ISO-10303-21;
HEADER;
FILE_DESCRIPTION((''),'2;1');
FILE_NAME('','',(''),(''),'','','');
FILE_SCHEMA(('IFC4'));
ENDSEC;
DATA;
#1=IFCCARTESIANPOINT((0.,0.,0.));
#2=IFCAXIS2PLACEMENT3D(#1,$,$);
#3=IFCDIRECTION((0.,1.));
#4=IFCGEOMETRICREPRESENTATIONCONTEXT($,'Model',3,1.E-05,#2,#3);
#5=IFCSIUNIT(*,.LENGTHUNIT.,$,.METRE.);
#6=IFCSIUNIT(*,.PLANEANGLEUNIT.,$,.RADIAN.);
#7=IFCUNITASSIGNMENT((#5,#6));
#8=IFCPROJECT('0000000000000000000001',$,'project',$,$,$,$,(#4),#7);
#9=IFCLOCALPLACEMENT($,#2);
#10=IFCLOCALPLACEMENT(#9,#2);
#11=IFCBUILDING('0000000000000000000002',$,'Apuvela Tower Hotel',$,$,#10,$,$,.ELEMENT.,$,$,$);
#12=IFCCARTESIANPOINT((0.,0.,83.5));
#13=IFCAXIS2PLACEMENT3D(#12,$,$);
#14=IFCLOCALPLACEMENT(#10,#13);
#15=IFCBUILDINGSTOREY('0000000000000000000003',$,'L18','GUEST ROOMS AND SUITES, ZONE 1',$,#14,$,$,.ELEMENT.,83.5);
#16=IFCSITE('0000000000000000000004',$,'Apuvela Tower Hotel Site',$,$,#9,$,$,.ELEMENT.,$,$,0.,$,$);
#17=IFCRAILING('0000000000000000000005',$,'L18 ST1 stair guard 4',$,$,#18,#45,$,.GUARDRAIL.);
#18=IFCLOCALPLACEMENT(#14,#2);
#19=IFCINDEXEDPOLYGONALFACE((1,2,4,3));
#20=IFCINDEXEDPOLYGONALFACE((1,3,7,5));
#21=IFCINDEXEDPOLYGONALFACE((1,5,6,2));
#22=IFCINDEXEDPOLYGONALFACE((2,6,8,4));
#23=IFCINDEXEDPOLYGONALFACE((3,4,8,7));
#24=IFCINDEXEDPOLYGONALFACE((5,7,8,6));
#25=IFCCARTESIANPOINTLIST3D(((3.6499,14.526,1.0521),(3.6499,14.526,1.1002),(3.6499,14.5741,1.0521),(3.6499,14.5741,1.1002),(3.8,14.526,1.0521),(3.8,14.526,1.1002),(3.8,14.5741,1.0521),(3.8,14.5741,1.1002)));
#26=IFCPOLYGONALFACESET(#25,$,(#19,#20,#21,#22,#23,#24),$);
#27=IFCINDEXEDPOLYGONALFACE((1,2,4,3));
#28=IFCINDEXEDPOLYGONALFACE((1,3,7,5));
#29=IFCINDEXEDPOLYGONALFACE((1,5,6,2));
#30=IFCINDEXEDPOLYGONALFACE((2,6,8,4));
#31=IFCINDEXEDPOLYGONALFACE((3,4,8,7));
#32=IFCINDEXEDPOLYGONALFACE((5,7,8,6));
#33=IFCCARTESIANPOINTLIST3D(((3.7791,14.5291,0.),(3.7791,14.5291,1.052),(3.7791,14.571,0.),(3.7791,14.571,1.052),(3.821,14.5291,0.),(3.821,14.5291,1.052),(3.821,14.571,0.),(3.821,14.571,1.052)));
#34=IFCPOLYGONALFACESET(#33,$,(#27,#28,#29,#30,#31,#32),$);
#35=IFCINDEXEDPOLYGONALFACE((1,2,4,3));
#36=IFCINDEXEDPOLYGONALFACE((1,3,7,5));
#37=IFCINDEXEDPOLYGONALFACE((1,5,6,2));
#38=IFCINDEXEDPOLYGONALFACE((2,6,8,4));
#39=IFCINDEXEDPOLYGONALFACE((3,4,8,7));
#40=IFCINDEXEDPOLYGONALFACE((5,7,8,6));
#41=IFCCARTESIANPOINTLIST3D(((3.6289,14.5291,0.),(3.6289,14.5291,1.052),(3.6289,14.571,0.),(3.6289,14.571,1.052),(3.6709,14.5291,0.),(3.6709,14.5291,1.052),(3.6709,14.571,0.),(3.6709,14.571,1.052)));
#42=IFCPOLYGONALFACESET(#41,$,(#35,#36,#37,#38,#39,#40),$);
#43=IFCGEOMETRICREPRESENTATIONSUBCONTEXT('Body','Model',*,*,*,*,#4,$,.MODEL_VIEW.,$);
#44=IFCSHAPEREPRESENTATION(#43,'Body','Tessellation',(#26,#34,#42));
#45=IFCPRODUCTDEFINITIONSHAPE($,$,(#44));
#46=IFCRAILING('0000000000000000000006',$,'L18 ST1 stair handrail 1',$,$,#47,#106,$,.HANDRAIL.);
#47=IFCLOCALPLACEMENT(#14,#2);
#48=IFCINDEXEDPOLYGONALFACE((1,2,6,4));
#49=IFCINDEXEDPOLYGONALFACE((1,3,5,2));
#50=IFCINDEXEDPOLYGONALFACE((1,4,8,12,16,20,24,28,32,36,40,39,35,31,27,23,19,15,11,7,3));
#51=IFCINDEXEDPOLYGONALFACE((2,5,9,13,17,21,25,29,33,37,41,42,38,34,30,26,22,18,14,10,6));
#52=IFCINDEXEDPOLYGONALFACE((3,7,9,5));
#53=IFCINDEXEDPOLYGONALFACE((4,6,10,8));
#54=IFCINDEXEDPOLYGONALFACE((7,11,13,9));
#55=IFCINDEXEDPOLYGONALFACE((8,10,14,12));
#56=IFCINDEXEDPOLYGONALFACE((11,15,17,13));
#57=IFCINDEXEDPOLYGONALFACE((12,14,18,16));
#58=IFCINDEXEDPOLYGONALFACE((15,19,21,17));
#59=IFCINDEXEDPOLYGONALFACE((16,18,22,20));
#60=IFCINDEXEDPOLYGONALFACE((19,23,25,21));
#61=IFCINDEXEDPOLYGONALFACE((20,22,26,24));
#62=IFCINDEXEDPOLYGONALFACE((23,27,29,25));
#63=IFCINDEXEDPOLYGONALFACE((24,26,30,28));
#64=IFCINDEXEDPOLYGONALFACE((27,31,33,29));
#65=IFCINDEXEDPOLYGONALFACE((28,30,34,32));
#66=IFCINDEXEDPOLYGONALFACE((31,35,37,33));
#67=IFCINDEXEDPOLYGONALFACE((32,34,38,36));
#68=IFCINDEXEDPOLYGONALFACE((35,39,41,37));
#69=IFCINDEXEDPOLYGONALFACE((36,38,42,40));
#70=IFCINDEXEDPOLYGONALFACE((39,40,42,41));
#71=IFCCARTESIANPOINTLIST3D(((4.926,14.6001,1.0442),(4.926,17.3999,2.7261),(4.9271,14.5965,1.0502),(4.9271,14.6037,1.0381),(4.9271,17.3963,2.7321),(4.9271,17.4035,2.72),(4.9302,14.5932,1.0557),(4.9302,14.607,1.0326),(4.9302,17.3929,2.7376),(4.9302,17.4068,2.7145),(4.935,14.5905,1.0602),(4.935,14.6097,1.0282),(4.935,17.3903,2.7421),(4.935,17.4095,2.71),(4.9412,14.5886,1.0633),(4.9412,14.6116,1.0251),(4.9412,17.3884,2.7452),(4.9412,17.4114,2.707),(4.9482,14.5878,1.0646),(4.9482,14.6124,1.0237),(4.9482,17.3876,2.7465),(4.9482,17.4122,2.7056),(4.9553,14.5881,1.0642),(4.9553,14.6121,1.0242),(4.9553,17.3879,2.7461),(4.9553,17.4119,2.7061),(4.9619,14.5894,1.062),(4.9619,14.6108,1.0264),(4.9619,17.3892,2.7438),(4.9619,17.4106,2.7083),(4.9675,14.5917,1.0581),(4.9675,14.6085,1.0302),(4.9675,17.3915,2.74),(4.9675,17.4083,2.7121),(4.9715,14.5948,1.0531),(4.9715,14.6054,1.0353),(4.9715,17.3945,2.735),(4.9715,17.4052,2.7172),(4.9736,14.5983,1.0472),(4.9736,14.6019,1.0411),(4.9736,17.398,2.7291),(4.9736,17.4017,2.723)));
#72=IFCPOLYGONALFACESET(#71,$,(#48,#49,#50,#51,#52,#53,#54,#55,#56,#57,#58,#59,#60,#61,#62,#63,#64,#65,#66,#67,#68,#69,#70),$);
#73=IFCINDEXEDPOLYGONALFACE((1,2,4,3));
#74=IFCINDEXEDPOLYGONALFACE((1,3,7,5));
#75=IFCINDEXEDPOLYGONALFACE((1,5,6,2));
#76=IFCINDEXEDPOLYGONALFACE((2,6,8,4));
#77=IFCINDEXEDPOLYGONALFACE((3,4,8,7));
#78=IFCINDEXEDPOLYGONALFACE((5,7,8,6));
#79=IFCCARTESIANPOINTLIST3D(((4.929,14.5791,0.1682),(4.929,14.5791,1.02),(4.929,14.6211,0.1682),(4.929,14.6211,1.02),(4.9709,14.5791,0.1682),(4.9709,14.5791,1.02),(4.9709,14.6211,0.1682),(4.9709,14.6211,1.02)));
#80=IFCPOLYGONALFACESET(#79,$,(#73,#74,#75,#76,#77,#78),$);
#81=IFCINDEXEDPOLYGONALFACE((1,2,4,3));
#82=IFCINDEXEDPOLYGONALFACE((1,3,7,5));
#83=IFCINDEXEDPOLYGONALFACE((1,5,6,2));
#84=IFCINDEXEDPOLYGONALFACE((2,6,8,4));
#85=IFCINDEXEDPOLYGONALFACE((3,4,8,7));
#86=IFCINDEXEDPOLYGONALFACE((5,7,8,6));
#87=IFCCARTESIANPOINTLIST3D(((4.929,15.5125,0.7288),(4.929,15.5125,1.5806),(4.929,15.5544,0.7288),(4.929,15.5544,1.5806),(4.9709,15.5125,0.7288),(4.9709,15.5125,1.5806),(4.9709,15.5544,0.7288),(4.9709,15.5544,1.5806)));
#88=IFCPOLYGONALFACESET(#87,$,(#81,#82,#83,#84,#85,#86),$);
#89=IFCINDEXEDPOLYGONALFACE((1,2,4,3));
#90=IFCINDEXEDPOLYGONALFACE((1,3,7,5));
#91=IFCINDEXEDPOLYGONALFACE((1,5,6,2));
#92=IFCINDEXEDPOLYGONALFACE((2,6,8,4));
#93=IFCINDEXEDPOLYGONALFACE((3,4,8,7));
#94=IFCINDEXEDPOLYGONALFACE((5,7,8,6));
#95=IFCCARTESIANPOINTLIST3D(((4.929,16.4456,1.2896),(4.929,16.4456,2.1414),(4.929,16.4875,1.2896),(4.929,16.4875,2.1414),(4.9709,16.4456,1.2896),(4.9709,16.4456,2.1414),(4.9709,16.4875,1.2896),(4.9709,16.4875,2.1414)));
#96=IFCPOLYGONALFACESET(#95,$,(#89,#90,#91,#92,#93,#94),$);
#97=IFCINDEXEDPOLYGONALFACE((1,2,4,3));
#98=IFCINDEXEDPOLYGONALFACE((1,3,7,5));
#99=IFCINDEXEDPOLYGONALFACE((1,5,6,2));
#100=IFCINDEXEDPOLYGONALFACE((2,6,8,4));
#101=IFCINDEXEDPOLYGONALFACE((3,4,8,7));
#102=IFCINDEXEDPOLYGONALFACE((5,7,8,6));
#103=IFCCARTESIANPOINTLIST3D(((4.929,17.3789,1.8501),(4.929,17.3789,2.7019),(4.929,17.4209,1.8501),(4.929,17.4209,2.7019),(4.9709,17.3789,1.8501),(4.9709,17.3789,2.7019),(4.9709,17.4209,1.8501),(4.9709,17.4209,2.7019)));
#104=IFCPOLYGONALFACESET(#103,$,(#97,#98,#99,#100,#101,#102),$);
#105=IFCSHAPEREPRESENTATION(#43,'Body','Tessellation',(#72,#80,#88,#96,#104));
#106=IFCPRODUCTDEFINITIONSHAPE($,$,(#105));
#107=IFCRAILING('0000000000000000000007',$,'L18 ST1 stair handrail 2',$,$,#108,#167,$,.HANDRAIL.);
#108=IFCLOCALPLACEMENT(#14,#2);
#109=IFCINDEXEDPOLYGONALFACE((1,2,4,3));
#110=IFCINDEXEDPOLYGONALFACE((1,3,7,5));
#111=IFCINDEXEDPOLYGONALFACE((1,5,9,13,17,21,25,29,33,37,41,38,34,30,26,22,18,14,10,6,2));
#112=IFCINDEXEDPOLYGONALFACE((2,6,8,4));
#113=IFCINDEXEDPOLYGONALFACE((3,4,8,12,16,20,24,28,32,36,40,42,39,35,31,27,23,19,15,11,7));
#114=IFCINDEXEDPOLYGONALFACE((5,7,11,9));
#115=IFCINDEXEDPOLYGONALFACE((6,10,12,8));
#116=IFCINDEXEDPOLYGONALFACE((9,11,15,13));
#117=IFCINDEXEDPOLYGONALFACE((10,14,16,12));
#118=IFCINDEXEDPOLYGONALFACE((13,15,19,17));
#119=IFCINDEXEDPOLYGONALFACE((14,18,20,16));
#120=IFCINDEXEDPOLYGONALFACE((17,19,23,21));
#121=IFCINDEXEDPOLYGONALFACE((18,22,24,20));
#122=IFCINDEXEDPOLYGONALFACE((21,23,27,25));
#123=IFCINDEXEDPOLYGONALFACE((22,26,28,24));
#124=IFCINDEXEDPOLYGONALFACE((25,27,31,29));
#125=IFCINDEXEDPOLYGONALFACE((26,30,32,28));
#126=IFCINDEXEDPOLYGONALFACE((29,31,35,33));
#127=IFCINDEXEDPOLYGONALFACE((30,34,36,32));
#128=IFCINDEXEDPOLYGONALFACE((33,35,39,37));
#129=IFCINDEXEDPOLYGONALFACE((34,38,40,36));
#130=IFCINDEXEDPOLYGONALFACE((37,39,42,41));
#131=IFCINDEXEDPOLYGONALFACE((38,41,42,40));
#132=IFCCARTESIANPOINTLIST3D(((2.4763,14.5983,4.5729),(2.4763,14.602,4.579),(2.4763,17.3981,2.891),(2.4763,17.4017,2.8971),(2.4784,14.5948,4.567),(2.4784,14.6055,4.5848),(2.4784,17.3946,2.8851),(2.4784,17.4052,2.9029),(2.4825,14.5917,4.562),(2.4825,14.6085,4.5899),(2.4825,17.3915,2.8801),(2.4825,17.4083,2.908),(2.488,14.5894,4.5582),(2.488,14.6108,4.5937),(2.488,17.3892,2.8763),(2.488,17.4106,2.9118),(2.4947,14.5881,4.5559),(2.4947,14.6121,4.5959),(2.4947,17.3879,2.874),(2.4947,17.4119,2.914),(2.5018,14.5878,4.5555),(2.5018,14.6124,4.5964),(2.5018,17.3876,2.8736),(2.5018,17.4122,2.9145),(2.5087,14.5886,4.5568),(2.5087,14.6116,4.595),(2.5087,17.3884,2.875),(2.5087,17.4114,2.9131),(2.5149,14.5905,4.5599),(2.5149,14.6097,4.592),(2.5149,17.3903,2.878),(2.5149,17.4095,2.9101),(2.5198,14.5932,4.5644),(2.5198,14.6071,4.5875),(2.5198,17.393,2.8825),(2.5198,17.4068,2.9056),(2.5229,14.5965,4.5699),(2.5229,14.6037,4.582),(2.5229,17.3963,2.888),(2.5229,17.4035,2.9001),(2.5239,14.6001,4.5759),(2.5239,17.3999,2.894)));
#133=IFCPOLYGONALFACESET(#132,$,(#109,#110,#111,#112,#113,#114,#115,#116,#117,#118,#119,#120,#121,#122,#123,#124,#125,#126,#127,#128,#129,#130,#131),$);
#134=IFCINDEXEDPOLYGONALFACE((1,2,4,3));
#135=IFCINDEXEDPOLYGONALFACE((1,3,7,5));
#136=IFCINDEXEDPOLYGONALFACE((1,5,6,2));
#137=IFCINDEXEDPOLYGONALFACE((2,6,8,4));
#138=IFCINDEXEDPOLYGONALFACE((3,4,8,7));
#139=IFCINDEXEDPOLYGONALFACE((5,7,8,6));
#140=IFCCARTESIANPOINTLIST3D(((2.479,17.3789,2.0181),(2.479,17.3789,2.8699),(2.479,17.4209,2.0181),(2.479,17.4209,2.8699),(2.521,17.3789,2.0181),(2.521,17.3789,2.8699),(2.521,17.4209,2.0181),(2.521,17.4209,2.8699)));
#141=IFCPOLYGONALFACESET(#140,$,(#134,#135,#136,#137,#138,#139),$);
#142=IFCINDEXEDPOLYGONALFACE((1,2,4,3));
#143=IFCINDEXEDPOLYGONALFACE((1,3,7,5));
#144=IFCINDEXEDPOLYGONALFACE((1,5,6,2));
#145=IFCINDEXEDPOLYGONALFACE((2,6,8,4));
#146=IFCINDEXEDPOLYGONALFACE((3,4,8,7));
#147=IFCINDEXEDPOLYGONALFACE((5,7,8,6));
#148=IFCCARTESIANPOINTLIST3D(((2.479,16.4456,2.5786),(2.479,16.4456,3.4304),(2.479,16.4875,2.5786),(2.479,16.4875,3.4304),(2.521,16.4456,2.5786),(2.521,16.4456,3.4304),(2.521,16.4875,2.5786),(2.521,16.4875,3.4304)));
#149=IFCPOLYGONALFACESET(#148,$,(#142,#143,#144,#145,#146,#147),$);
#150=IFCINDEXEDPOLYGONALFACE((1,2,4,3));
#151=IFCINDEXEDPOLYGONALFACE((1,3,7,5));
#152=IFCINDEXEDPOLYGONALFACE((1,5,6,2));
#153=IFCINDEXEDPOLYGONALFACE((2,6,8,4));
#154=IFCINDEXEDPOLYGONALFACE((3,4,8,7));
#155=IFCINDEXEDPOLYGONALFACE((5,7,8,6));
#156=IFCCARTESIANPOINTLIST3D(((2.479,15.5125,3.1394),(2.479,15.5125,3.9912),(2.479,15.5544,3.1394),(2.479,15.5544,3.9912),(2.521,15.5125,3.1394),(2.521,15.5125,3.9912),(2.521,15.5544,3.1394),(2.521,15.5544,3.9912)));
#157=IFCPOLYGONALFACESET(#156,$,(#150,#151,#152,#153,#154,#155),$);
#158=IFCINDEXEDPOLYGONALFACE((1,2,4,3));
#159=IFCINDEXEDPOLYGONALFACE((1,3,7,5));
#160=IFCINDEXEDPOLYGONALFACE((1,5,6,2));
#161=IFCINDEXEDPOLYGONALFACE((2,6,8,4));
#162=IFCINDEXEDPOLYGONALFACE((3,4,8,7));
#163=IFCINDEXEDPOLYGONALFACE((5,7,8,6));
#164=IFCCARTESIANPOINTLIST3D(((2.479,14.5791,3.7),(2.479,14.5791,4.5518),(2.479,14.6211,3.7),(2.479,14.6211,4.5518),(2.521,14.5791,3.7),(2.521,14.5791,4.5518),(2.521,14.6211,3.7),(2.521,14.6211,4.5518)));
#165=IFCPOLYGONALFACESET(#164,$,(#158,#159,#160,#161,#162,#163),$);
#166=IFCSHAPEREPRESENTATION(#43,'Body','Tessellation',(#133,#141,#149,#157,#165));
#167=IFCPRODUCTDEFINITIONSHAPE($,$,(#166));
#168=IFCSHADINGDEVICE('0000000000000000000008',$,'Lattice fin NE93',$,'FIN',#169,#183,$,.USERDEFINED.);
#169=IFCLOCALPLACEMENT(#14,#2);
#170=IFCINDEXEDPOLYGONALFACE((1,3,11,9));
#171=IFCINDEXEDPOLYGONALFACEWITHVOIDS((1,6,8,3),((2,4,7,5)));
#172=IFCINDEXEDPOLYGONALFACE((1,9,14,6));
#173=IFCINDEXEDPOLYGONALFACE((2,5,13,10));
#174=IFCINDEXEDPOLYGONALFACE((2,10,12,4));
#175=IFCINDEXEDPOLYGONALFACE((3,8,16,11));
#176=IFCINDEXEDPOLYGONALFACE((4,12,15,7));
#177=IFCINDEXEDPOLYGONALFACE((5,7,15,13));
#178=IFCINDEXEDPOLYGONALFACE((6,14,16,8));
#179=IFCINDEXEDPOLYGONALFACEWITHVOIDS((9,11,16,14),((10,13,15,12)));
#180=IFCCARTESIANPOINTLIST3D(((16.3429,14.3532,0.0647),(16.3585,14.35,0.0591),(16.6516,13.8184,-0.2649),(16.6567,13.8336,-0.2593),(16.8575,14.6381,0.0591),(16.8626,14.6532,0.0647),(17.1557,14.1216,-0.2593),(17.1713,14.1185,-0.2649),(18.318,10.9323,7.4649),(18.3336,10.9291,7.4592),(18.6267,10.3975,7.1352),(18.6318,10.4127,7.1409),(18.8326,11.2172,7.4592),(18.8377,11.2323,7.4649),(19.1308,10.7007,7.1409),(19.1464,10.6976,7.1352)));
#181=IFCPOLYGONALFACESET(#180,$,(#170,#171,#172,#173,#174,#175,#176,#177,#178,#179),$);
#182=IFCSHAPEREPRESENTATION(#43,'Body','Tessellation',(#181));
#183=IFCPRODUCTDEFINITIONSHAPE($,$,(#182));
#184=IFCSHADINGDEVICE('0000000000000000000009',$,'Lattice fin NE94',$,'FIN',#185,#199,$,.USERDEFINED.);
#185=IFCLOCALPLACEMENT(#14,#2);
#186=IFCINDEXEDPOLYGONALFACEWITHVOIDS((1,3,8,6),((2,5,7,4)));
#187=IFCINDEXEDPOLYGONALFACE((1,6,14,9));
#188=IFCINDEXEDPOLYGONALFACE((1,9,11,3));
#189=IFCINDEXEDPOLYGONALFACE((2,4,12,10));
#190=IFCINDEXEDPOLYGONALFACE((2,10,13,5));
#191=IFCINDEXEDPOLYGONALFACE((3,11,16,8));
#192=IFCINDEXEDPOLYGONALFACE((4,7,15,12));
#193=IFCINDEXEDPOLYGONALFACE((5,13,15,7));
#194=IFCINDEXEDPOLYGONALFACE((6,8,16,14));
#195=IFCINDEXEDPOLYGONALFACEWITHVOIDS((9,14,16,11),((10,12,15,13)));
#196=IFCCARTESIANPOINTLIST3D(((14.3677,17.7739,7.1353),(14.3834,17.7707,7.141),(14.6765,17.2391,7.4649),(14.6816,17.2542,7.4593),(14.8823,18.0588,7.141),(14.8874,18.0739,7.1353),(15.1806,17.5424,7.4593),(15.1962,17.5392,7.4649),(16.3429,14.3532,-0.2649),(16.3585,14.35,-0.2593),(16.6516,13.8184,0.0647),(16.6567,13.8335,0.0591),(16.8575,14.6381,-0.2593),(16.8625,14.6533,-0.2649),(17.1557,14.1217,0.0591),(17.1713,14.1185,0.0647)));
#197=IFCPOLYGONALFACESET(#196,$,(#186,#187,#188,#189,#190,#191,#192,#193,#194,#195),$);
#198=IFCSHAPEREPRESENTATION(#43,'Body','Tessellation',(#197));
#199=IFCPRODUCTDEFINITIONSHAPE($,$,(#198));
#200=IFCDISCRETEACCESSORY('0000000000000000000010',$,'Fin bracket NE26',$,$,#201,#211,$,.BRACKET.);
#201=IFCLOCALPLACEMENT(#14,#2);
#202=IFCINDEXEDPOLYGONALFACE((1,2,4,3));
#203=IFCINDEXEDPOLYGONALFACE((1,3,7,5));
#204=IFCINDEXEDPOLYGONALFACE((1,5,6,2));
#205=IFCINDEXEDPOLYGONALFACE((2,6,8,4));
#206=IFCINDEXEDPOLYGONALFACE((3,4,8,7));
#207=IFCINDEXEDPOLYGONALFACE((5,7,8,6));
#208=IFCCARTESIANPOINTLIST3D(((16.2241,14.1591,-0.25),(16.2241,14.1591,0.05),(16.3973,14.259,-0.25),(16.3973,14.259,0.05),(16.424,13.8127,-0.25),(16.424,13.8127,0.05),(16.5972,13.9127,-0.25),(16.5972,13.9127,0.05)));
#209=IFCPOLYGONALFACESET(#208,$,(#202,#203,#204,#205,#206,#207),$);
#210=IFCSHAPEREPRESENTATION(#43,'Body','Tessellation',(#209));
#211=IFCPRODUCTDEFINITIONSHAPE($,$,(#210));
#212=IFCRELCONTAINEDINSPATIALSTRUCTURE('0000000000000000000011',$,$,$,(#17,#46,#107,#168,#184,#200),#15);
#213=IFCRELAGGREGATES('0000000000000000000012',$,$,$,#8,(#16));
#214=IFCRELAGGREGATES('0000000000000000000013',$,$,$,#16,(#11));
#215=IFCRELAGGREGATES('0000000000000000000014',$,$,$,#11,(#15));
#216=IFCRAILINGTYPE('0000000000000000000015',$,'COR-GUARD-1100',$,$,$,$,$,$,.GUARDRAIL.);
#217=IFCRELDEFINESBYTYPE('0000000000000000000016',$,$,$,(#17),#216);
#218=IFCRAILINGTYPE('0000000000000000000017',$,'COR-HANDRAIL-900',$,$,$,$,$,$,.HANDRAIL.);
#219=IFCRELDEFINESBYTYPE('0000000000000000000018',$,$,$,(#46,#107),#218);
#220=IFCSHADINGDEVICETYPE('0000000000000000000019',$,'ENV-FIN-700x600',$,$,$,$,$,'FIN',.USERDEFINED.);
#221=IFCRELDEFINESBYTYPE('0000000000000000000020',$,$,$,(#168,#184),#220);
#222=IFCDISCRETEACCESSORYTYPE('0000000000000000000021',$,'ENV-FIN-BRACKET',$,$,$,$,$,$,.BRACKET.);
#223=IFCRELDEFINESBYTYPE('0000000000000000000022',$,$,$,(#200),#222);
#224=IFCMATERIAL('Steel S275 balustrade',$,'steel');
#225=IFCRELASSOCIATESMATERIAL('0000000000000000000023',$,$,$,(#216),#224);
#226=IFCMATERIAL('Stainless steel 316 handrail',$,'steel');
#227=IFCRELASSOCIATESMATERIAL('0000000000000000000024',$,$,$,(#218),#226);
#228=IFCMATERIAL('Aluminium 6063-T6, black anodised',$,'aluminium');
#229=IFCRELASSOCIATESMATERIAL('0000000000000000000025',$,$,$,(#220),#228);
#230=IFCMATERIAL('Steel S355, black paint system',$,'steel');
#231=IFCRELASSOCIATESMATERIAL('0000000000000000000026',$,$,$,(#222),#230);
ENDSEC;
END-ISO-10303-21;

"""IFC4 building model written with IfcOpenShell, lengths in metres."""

from ifc_helpers import new_model, si_unit, direction, frame, origin, origin_2d, place, context, subcontext, project, spatial, rectangle, hollow_rectangle, circle, extrude, material, material_profile, profile_set, type_object, element, save


model = new_model("IFC4")

# Units and contexts
model_context = context("Model", 3, precision=1e-05, world=origin(), true_north=direction((0.0, 1.0)))
body_context = subcontext(model_context, "Body", "Model", "MODEL_VIEW")
ifc_project = project(units=[si_unit("LENGTHUNIT", "METRE"), si_unit("PLANEANGLEUNIT", "RADIAN")], contexts=[model_context])

# Site, building, storey
site_placement = place(None, origin())
site = spatial("IfcSite", under=ifc_project, at=site_placement, Name="Apuvela Tower Hotel Site", CompositionType="ELEMENT", RefElevation=0.0)
building_placement = place(site_placement, origin())
building = spatial("IfcBuilding", under=site, at=building_placement, Name="Apuvela Tower Hotel", CompositionType="ELEMENT")
storey_placement = place(building_placement, frame((0.0, 0.0, 83.5)))
storey = spatial("IfcBuildingStorey", under=building, at=storey_placement, Name="L18", Description="GUEST ROOMS AND SUITES, ZONE 1", CompositionType="ELEMENT", Elevation=83.5)

# Railings
ifc_material_1 = material(Name="Steel S275 balustrade", Category="steel")
railing_type_1 = type_object("IfcRailingType", Name="COR-GUARD-1100", PredefinedType="GUARDRAIL", material=ifc_material_1)
railing_1_placement = place(storey_placement, frame((3.8, 14.55, 0.0)))
element("IfcRailing", 1, at=railing_1_placement, inside=storey, type_object=railing_type_1, Name="L18 ST1 stair guard 4", PredefinedType="GUARDRAIL", context=body_context, shape_type="SweptSolid", body=[
    extrude(rectangle(XDim=0.0481, YDim=0.0481, at=origin_2d()), frame((0.0, 0.0, 1.0762), z_axis=(-1.0, 0.0, 0.0), x_axis=(0.0, -1.0, 0.0)), (0.0, 0.0, 1.0), 0.1501),
    extrude(rectangle(XDim=0.042, YDim=0.042, at=origin_2d()), origin(), (0.0, 0.0, 1.0), 1.052),
    extrude(rectangle(XDim=0.042, YDim=0.042, at=origin_2d()), frame((-0.1501, 0.0, 0.0)), (0.0, 0.0, 1.0), 1.052),
])
ifc_material_2 = material(Name="Stainless steel 316 handrail", Category="steel")
railing_type_2 = type_object("IfcRailingType", Name="COR-HANDRAIL-900", PredefinedType="HANDRAIL", material=ifc_material_2)
railing_2_placement = place(storey_placement, frame((4.95, 14.6001, 0.1682)))
element("IfcRailing", 2, at=railing_2_placement, inside=storey, type_object=railing_type_2, Name="L18 ST1 stair handrail 1", PredefinedType="HANDRAIL", context=body_context, shape_type="SweptSolid", body=[
    extrude(circle(Radius=0.0239, at=origin_2d()), frame((0.0, 0.0, 0.876), z_axis=(0.0, 0.857222, 0.514946), x_axis=(-1.0, 0.0, 0.0)), (0.0, 0.0, 1.0), 3.2661),
    extrude(rectangle(XDim=0.042, YDim=0.042, at=origin_2d()), origin(), (0.0, 0.0, 1.0), 0.8518),
    extrude(rectangle(XDim=0.042, YDim=0.042, at=origin_2d()), frame((0.0, 0.9333, 0.5605)), (0.0, 0.0, 1.0), 0.8518),
    extrude(rectangle(XDim=0.042, YDim=0.042, at=origin_2d()), frame((0.0, 1.8665, 1.1213)), (0.0, 0.0, 1.0), 0.8518),
    extrude(rectangle(XDim=0.042, YDim=0.042, at=origin_2d()), frame((0.0, 2.7998, 1.6819)), (0.0, 0.0, 1.0), 0.8518),
])
railing_3_placement = place(storey_placement, frame((2.5, 17.3999, 2.0181)))
element("IfcRailing", 3, at=railing_3_placement, inside=storey, type_object=railing_type_2, Name="L18 ST1 stair handrail 2", PredefinedType="HANDRAIL", context=body_context, shape_type="SweptSolid", body=[
    extrude(circle(Radius=0.0239, at=origin_2d()), frame((0.0, 0.0, 0.876), z_axis=(0.0, -0.857222, 0.514946), x_axis=(1.0, 0.0, 0.0)), (0.0, 0.0, 1.0), 3.2661),
    extrude(rectangle(XDim=0.042, YDim=0.042, at=origin_2d()), origin(), (0.0, 0.0, 1.0), 0.8518),
    extrude(rectangle(XDim=0.042, YDim=0.042, at=origin_2d()), frame((0.0, -0.9333, 0.5605)), (0.0, 0.0, 1.0), 0.8518),
    extrude(rectangle(XDim=0.042, YDim=0.042, at=origin_2d()), frame((0.0, -1.8665, 1.1213)), (0.0, 0.0, 1.0), 0.8518),
    extrude(rectangle(XDim=0.042, YDim=0.042, at=origin_2d()), frame((0.0, -2.7998, 1.6819)), (0.0, 0.0, 1.0), 0.8518),
])

# Shading devices
ifc_material_3 = material(Name="Aluminium 6063-T6, black anodised", Category="aluminium")
ifc_material_profile_1 = material_profile(ifc_material_3, hollow_rectangle(XDim=0.6001, YDim=0.7, WallThickness=0.012, at=origin_2d()), Name="AL BOX 700x600x12")
ifc_profile_set_1 = profile_set([ifc_material_profile_1], Name="Aluminium 6063-T6, black anodised")
shading_device_type = type_object("IfcShadingDeviceType", Name="ENV-FIN-700x600", ElementType="FIN", PredefinedType="USERDEFINED", material=ifc_profile_set_1)
for number, where, z_axis, x_axis, name in (
    (4, (16.7571, 14.2358, -0.1001), (0.235455, -0.407812, 0.882185), (0.866021, 0.500008, 0.0), "Lattice fin NE93"),
    (5, (16.7571, 14.2358, -0.1001), (-0.235458, 0.407787, 0.882196), (-0.866005, -0.500035, 0.0), "Lattice fin NE94"),
):
    element("IfcShadingDevice", number, at=place(storey_placement, frame(where, z_axis=z_axis, x_axis=x_axis)), inside=storey, type_object=shading_device_type, Name=name, ObjectType="FIN", PredefinedType="USERDEFINED", context=body_context, shape_type="SweptSolid", body=[
        extrude(hollow_rectangle(XDim=0.6001, YDim=0.7, WallThickness=0.012, at=origin_2d()), origin(), (0.0, 0.0, 1.0), 8.3884),
    ])

# Discrete accessory
ifc_material_4 = material(Name="Steel S355, black paint system", Category="steel")
discrete_accessory_type = type_object("IfcDiscreteAccessoryType", Name="ENV-FIN-BRACKET", PredefinedType="BRACKET", material=ifc_material_4)
discrete_accessory_placement = place(storey_placement, frame((16.4106, 14.0359, -0.25), z_axis=(0.0, 0.0, 1.0), x_axis=(-0.5, 0.866025, 0.0)))
element("IfcDiscreteAccessory", 6, at=discrete_accessory_placement, inside=storey, type_object=discrete_accessory_type, Name="Fin bracket NE26", PredefinedType="BRACKET", context=body_context, shape_type="SweptSolid", body=[
    extrude(rectangle(XDim=0.3999, YDim=0.2, at=origin_2d()), origin(), (0.0, 0.0, 1.0), 0.3),
])

save(model, "model.ifc")
